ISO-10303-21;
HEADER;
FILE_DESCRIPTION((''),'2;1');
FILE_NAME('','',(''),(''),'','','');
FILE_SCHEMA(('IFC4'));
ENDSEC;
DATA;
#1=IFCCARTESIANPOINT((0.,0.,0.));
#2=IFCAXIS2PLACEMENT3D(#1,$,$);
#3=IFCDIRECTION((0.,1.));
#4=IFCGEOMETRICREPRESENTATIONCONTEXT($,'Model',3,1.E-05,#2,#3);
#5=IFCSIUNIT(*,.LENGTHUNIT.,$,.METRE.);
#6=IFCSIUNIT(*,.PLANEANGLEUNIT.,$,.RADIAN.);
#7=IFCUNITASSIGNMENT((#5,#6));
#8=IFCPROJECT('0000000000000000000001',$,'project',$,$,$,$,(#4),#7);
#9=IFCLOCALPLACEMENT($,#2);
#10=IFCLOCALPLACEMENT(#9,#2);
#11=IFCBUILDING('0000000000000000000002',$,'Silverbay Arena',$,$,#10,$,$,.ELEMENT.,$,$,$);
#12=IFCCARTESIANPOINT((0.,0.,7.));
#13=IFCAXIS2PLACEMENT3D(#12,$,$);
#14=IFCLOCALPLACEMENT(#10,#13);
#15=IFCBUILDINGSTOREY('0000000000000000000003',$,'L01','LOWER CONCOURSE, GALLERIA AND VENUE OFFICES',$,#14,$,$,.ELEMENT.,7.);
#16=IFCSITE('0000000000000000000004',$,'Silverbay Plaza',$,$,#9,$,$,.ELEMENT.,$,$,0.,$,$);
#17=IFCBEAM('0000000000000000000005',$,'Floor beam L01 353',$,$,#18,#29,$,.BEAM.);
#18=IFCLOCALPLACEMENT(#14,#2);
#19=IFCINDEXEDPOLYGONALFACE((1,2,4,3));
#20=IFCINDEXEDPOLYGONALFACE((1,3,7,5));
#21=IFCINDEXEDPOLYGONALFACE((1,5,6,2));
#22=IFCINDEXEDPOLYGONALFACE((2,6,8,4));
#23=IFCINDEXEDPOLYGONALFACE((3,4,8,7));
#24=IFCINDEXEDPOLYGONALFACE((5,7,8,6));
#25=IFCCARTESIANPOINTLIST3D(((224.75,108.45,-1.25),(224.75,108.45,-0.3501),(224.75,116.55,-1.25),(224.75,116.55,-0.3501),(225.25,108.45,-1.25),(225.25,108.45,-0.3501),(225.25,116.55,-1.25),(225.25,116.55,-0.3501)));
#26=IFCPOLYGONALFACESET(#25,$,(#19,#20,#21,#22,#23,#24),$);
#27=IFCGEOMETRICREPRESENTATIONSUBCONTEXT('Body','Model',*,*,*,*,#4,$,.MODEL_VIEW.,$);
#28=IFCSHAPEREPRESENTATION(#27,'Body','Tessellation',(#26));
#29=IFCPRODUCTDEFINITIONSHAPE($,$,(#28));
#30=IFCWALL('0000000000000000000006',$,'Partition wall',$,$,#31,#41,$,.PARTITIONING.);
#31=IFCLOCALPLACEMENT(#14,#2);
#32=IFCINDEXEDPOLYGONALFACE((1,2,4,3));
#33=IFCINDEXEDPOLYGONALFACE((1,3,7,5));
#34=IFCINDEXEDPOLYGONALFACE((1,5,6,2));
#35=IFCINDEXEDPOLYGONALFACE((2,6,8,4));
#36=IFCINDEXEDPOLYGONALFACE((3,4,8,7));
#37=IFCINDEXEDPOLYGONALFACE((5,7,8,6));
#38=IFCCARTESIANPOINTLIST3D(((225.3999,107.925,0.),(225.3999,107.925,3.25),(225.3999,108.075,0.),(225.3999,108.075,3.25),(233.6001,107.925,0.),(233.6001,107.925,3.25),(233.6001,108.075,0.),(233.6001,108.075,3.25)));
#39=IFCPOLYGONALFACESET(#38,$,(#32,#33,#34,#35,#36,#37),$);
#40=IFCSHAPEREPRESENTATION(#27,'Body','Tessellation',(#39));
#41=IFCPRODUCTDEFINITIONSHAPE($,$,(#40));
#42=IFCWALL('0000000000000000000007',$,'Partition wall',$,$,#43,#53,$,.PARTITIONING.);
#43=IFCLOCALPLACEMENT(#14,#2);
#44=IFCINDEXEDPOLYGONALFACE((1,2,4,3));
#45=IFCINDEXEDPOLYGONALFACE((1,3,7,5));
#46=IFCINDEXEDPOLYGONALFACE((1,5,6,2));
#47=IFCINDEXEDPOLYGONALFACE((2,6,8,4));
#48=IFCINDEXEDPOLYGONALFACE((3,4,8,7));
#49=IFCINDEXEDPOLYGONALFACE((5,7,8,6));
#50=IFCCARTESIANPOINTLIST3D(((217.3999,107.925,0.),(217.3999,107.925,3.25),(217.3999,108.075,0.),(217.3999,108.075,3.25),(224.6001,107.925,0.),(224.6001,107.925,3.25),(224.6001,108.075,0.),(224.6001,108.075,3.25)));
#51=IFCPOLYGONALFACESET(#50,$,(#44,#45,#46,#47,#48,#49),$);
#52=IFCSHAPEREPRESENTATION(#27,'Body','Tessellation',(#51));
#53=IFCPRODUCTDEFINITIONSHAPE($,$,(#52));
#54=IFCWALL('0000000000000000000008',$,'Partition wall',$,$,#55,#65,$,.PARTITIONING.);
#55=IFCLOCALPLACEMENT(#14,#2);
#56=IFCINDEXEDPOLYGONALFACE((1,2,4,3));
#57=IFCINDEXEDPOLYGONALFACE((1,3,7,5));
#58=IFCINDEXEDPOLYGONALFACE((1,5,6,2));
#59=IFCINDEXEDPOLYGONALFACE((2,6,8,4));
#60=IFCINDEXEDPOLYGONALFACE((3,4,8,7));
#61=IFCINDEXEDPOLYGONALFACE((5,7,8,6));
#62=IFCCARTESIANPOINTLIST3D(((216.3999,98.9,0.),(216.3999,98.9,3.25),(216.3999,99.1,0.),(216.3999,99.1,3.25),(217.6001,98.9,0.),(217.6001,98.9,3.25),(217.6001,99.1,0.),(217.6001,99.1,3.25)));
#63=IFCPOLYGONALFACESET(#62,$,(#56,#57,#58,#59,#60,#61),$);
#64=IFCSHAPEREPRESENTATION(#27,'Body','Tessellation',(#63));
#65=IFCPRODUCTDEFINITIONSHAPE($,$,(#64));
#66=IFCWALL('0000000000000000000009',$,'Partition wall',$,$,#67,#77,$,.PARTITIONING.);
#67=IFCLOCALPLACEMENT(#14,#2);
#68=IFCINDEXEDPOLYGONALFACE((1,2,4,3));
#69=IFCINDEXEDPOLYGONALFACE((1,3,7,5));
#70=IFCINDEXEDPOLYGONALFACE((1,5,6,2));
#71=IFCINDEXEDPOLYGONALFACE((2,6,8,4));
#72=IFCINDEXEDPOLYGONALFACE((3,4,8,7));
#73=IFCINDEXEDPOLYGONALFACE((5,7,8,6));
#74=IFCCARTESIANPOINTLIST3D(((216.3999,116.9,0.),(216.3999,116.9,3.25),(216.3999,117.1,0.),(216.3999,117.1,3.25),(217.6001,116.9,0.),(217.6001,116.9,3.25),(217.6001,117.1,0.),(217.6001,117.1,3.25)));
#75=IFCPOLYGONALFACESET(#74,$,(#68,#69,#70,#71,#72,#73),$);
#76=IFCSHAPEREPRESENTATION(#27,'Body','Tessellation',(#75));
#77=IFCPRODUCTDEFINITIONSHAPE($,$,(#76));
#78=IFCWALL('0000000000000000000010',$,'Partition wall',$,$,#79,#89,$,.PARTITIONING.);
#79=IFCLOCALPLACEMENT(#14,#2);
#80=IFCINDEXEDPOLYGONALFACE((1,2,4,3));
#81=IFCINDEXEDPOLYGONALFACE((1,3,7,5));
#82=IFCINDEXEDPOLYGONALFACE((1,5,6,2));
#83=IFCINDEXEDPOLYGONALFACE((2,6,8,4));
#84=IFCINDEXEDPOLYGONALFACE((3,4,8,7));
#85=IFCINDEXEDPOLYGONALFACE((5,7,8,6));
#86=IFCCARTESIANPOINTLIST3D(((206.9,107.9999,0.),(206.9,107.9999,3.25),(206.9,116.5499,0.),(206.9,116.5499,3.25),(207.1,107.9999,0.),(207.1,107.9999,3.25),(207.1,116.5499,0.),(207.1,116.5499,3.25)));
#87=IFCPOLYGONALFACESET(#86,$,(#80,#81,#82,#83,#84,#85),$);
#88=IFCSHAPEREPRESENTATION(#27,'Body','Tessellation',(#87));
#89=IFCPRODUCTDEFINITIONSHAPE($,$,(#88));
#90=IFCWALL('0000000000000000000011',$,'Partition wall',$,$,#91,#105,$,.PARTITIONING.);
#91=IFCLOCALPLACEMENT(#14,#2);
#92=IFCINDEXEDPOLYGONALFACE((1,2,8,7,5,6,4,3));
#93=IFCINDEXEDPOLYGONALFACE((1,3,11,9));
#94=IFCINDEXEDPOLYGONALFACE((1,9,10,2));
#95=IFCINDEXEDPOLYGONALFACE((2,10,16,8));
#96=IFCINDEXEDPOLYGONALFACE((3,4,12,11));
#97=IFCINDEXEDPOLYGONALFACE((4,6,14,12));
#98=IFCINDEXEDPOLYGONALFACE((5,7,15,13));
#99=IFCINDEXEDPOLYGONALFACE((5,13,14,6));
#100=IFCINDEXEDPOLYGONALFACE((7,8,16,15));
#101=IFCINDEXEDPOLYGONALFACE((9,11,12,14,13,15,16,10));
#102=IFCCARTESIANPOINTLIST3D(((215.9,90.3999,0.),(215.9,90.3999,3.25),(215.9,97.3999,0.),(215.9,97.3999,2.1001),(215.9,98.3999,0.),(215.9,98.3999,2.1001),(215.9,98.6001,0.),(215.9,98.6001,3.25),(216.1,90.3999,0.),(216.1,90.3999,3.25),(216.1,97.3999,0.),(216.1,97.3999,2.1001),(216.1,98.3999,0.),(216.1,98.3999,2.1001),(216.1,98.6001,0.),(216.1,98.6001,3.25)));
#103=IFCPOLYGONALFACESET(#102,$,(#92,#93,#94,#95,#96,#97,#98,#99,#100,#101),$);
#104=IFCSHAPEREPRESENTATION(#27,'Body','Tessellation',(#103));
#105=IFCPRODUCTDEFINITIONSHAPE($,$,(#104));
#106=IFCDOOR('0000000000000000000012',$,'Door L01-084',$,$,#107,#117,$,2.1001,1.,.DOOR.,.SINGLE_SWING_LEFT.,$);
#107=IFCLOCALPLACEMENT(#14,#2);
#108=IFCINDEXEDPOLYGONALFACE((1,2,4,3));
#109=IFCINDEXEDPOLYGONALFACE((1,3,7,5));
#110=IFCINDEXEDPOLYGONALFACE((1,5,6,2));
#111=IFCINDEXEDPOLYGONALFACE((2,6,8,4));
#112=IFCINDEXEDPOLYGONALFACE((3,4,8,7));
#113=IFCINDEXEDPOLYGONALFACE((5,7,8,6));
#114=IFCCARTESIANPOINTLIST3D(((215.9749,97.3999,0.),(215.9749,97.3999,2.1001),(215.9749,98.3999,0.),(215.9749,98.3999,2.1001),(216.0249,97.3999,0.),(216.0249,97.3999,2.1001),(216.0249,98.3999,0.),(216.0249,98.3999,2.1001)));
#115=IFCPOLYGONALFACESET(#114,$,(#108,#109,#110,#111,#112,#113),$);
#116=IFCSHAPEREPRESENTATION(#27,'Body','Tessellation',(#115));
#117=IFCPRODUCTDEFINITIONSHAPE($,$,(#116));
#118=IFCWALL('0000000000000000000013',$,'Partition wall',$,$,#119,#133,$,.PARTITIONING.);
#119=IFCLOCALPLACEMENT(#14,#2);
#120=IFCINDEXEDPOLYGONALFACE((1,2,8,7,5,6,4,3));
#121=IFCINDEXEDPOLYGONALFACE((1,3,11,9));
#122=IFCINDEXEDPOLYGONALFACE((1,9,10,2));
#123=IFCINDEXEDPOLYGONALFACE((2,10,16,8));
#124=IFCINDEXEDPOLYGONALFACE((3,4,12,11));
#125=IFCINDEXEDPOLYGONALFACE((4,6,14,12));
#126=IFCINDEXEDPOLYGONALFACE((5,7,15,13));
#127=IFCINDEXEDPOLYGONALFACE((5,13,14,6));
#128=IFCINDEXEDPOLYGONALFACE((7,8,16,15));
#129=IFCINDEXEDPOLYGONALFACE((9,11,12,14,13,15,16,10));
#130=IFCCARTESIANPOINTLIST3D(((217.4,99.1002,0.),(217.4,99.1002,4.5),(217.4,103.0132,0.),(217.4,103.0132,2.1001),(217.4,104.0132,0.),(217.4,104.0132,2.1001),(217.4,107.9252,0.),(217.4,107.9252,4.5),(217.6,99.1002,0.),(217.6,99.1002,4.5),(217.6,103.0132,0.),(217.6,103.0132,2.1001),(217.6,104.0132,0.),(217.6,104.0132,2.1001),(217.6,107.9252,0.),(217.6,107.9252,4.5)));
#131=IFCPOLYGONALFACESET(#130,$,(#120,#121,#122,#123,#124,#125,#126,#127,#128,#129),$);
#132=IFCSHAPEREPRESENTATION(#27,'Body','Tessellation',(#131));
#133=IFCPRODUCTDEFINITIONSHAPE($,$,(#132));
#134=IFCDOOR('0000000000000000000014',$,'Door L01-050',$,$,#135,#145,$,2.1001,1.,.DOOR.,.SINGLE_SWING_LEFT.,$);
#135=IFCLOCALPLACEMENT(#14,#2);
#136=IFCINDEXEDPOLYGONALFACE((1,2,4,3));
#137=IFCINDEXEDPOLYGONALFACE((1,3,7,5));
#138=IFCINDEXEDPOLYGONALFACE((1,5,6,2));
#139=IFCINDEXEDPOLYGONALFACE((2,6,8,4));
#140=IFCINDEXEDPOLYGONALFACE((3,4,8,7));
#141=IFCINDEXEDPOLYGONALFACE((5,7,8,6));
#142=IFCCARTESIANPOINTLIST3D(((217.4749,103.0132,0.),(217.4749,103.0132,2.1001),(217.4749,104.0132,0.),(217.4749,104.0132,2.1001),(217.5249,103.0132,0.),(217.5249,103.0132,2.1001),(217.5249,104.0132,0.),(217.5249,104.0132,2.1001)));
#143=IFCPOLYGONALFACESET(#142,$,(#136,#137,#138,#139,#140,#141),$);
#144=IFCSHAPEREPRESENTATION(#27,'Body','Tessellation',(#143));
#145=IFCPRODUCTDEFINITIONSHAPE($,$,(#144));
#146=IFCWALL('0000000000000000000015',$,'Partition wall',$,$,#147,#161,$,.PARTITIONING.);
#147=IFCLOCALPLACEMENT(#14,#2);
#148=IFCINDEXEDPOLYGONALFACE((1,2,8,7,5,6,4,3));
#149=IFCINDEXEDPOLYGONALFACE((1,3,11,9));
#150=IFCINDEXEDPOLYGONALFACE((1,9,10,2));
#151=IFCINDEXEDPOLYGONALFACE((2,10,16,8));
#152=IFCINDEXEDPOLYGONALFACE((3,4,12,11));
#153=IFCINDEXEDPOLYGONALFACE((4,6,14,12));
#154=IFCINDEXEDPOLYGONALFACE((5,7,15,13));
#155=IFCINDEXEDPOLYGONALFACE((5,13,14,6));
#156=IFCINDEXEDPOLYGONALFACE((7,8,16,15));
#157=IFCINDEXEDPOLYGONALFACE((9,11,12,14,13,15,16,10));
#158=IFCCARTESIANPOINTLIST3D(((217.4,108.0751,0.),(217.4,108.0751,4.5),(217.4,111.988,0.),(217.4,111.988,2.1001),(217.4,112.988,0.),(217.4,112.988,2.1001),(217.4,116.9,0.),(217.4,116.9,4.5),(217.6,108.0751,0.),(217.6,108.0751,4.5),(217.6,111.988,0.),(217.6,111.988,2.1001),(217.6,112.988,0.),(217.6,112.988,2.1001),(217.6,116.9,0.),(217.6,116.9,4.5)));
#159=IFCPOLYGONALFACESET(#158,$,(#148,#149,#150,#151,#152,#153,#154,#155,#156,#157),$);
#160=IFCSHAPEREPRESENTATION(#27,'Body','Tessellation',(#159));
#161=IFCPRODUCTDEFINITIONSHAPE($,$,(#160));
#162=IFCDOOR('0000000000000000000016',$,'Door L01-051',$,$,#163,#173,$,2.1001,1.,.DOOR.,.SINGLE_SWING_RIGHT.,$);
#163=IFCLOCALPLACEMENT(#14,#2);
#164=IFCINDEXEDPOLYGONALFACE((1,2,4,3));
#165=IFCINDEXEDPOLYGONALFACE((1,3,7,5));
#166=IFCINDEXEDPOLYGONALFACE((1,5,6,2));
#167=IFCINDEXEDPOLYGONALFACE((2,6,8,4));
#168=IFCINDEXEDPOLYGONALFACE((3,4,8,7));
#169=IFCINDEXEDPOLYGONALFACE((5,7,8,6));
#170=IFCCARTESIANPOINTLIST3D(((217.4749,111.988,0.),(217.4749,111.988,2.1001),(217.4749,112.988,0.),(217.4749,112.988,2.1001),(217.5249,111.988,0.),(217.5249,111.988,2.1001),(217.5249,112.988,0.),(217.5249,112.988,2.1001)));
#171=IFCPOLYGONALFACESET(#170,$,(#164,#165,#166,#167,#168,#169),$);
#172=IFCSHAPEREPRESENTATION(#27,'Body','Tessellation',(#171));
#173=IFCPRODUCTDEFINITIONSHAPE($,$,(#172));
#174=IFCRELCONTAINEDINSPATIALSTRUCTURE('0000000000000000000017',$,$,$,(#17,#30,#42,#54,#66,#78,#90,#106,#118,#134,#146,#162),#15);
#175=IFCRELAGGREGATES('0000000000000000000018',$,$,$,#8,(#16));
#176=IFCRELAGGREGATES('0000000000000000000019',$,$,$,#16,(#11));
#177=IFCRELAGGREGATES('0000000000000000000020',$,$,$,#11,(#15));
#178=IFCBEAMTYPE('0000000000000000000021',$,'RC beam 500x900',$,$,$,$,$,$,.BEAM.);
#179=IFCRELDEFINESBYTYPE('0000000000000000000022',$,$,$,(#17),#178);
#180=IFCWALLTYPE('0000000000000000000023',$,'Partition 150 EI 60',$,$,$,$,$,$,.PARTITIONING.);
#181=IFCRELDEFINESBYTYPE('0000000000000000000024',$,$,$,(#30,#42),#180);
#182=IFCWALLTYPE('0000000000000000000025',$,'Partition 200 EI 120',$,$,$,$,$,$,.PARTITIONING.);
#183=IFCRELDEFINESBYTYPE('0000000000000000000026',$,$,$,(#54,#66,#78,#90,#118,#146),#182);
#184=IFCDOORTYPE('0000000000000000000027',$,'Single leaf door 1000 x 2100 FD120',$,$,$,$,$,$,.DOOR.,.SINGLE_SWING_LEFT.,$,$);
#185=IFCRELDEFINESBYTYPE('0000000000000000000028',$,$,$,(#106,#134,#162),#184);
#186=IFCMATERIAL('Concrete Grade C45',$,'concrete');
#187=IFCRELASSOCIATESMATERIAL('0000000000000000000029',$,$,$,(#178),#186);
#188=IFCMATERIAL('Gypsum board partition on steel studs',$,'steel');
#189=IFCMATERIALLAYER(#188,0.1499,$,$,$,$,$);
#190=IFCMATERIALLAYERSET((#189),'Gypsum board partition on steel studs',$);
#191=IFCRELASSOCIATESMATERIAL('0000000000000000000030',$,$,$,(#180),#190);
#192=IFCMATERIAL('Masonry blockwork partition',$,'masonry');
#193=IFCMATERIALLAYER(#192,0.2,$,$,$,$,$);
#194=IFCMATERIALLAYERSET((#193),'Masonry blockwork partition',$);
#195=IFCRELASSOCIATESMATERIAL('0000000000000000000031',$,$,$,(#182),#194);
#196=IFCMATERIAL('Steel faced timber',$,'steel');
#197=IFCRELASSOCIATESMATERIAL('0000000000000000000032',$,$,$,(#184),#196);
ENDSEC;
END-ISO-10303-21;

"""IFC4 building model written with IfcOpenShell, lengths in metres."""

from ifc_helpers import new_model, si_unit, direction, frame, frame_2d, origin, origin_2d, place, context, subcontext, project, spatial, rectangle, extrude, material, layer, layer_set, material_profile, profile_set, type_object, element, fill, save


model = new_model("IFC4")

# Units and contexts
model_context = context("Model", 3, precision=1e-05, world=origin(), true_north=direction((0.0, 1.0)))
body_context = subcontext(model_context, "Body", "Model", "MODEL_VIEW")
ifc_project = project(units=[si_unit("LENGTHUNIT", "METRE"), si_unit("PLANEANGLEUNIT", "RADIAN")], contexts=[model_context])

# Site, building, storey
site_placement = place(None, origin())
site = spatial("IfcSite", under=ifc_project, at=site_placement, Name="Silverbay Plaza", CompositionType="ELEMENT", RefElevation=0.0)
building_placement = place(site_placement, origin())
building = spatial("IfcBuilding", under=site, at=building_placement, Name="Silverbay Arena", CompositionType="ELEMENT")
storey_placement = place(building_placement, frame((0.0, 0.0, 7.0)))
storey = spatial("IfcBuildingStorey", under=building, at=storey_placement, Name="L01", Description="LOWER CONCOURSE, GALLERIA AND VENUE OFFICES", CompositionType="ELEMENT", Elevation=7.0)

# Beam
ifc_material_1 = material(Name="Concrete Grade C45", Category="concrete")
ifc_material_profile_1 = material_profile(ifc_material_1, rectangle(XDim=0.5, YDim=0.8999, at=origin_2d()), Name="RC 500x900")
ifc_profile_set_1 = profile_set([ifc_material_profile_1], Name="Concrete Grade C45")
beam_type = type_object("IfcBeamType", Name="RC beam 500x900", PredefinedType="BEAM", material=ifc_profile_set_1)
for number, where, z_axis, x_axis, name in (
    (1, (225.0, 108.45, -0.8), (0.0, 1.0, 0.0), (-1.0, 0.0, 0.0), "Floor beam L01 353"),
):
    element("IfcBeam", number, at=place(storey_placement, frame(where, z_axis=z_axis, x_axis=x_axis)), inside=storey, type_object=beam_type, Name=name, PredefinedType="BEAM", context=body_context, shape_type="SweptSolid", body=[
        extrude(rectangle(XDim=0.5, YDim=0.8999, at=origin_2d()), origin(), (0.0, 0.0, 1.0), 8.1001),
    ])

# Walls
ifc_material_2 = material(Name="Gypsum board partition on steel studs", Category="steel")
ifc_layer_1 = layer(ifc_material_2, 0.1499)
ifc_layer_set_1 = layer_set([ifc_layer_1], Name="Gypsum board partition on steel studs")
wall_type_1 = type_object("IfcWallType", Name="Partition 150 EI 60", PredefinedType="PARTITIONING", material=ifc_layer_set_1)
wall_1_placement = place(storey_placement, frame((225.3999, 108.0, 0.0), z_axis=(0.0, 0.0, 1.0), x_axis=(1.0, 0.0, 0.0)))
element("IfcWall", 2, at=wall_1_placement, inside=storey, type_object=wall_type_1, Name="Partition wall", PredefinedType="PARTITIONING", context=body_context, shape_type="SweptSolid", body=[
    extrude(rectangle(XDim=8.2002, YDim=0.1499, at=frame_2d((4.1001, 0.0))), origin(), (0.0, 0.0, 1.0), 3.25),
])
wall_2_placement = place(storey_placement, frame((217.3999, 108.0, 0.0), z_axis=(0.0, 0.0, 1.0), x_axis=(1.0, 0.0, 0.0)))
element("IfcWall", 3, at=wall_2_placement, inside=storey, type_object=wall_type_1, Name="Partition wall", PredefinedType="PARTITIONING", context=body_context, shape_type="SweptSolid", body=[
    extrude(rectangle(XDim=7.2002, YDim=0.1499, at=frame_2d((3.6001, 0.0))), origin(), (0.0, 0.0, 1.0), 3.25),
])
ifc_material_3 = material(Name="Masonry blockwork partition", Category="masonry")
ifc_layer_2 = layer(ifc_material_3, 0.2)
ifc_layer_set_2 = layer_set([ifc_layer_2], Name="Masonry blockwork partition")
wall_type_2 = type_object("IfcWallType", Name="Partition 200 EI 120", PredefinedType="PARTITIONING", material=ifc_layer_set_2)
for number, where, z_axis, x_axis, name in (
    (4, (216.3999, 99.0, 0.0), (0.0, 0.0, 1.0), (1.0, 0.0, 0.0), "Partition wall"),
    (5, (216.3999, 117.0, 0.0), (0.0, 0.0, 1.0), (1.0, 0.0, 0.0), "Partition wall"),
):
    element("IfcWall", number, at=place(storey_placement, frame(where, z_axis=z_axis, x_axis=x_axis)), inside=storey, type_object=wall_type_2, Name=name, PredefinedType="PARTITIONING", context=body_context, shape_type="SweptSolid", body=[
        extrude(rectangle(XDim=1.2002, YDim=0.2, at=frame_2d((0.6001, 0.0))), origin(), (0.0, 0.0, 1.0), 3.25),
    ])
wall_3_placement = place(storey_placement, frame((207.0, 108.0, 0.0), z_axis=(0.0, 0.0, 1.0), x_axis=(0.0, 1.0, 0.0)))
element("IfcWall", 6, at=wall_3_placement, inside=storey, type_object=wall_type_2, Name="Partition wall", PredefinedType="PARTITIONING", context=body_context, shape_type="SweptSolid", body=[
    extrude(rectangle(XDim=8.55, YDim=0.2, at=frame_2d((4.2749, 0.0))), origin(), (0.0, 0.0, 1.0), 3.25),
])

# Walls, openings, doors
wall_4_placement = place(storey_placement, frame((216.0, 90.3999, 0.0), z_axis=(0.0, 0.0, 1.0), x_axis=(0.0, 1.0, 0.0)))
wall_4 = element("IfcWall", 7, at=wall_4_placement, inside=storey, type_object=wall_type_2, Name="Partition wall", PredefinedType="PARTITIONING", context=body_context, shape_type="SweptSolid", body=[
    extrude(rectangle(XDim=8.2002, YDim=0.2, at=frame_2d((4.1001, 0.0))), origin(), (0.0, 0.0, 1.0), 3.25),
])
opening_1_placement = place(wall_4_placement, frame((7.0, 0.0, 0.0)))
opening_1 = element("IfcOpeningElement", 8, at=opening_1_placement, cuts=wall_4, PredefinedType="OPENING", context=body_context, shape_type="SweptSolid", body=[
    extrude(rectangle(XDim=1.0, YDim=2.1001, at=frame_2d((0.5, 1.05))), frame((0.0, 0.1099, 0.0), z_axis=(0.0, -1.0, 0.0), x_axis=(1.0, 0.0, 0.0)), (0.0, 0.0, 1.0), 0.22),
])
ifc_material_4 = material(Name="Steel faced timber", Category="steel")
door_type = type_object("IfcDoorType", Name="Single leaf door 1000 x 2100 FD120", OperationType="SINGLE_SWING_LEFT", PredefinedType="DOOR", material=ifc_material_4)
door_1_placement = place(opening_1_placement, frame((1.0, 0.0, 0.0), z_axis=(0.0, 0.0, 1.0), x_axis=(-1.0, 0.0, 0.0)))
door_1 = element("IfcDoor", 9, at=door_1_placement, inside=storey, type_object=door_type, Name="Door L01-084", OperationType="SINGLE_SWING_LEFT", OverallHeight=2.1001, OverallWidth=1.0, PredefinedType="DOOR", context=body_context, shape_type="SweptSolid", body=[
    extrude(rectangle(XDim=1.0, YDim=2.1001, at=frame_2d((0.5, 1.05))), frame((0.0, 0.0249, 0.0), z_axis=(0.0, -1.0, 0.0), x_axis=(1.0, 0.0, 0.0)), (0.0, 0.0, 1.0), 0.05),
])
fill(opening_1, door_1)
wall_5_placement = place(storey_placement, frame((217.5, 99.1001, 0.0), z_axis=(0.0, 0.0, 1.0), x_axis=(0.0, 1.0, 0.0)))
wall_5 = element("IfcWall", 10, at=wall_5_placement, inside=storey, type_object=wall_type_2, Name="Partition wall", PredefinedType="PARTITIONING", context=body_context, shape_type="SweptSolid", body=[
    extrude(rectangle(XDim=8.825, YDim=0.2, at=frame_2d((4.4126, 0.0))), origin(), (0.0, 0.0, 1.0), 4.5),
])
opening_2_placement = place(wall_5_placement, frame((3.9131, 0.0, 0.0)))
opening_2 = element("IfcOpeningElement", 11, at=opening_2_placement, cuts=wall_5, PredefinedType="OPENING", context=body_context, shape_type="SweptSolid", body=[
    extrude(rectangle(XDim=1.0, YDim=2.1001, at=frame_2d((0.5, 1.05))), frame((0.0, 0.1099, 0.0), z_axis=(0.0, -1.0, 0.0), x_axis=(1.0, 0.0, 0.0)), (0.0, 0.0, 1.0), 0.22),
])
door_2_placement = place(opening_2_placement, frame((1.0, 0.0, 0.0), z_axis=(0.0, 0.0, 1.0), x_axis=(-1.0, 0.0, 0.0)))
door_2 = element("IfcDoor", 12, at=door_2_placement, inside=storey, type_object=door_type, Name="Door L01-050", OperationType="SINGLE_SWING_LEFT", OverallHeight=2.1001, OverallWidth=1.0, PredefinedType="DOOR", context=body_context, shape_type="SweptSolid", body=[
    extrude(rectangle(XDim=1.0, YDim=2.1001, at=frame_2d((0.5, 1.05))), frame((0.0, 0.0249, 0.0), z_axis=(0.0, -1.0, 0.0), x_axis=(1.0, 0.0, 0.0)), (0.0, 0.0, 1.0), 0.05),
])
fill(opening_2, door_2)
wall_6_placement = place(storey_placement, frame((217.5, 108.075, 0.0), z_axis=(0.0, 0.0, 1.0), x_axis=(0.0, 1.0, 0.0)))
wall_6 = element("IfcWall", 13, at=wall_6_placement, inside=storey, type_object=wall_type_2, Name="Partition wall", PredefinedType="PARTITIONING", context=body_context, shape_type="SweptSolid", body=[
    extrude(rectangle(XDim=8.825, YDim=0.2, at=frame_2d((4.4126, 0.0))), origin(), (0.0, 0.0, 1.0), 4.5),
])
opening_3_placement = place(wall_6_placement, frame((3.9131, 0.0, 0.0)))
opening_3 = element("IfcOpeningElement", 14, at=opening_3_placement, cuts=wall_6, PredefinedType="OPENING", context=body_context, shape_type="SweptSolid", body=[
    extrude(rectangle(XDim=1.0, YDim=2.1001, at=frame_2d((0.5, 1.05))), frame((0.0, 0.1099, 0.0), z_axis=(0.0, -1.0, 0.0), x_axis=(1.0, 0.0, 0.0)), (0.0, 0.0, 1.0), 0.22),
])
door_3_placement = place(opening_3_placement, frame((1.0, 0.0, 0.0), z_axis=(0.0, 0.0, 1.0), x_axis=(-1.0, 0.0, 0.0)))
door_3 = element("IfcDoor", 15, at=door_3_placement, inside=storey, type_object=door_type, Name="Door L01-051", OperationType="SINGLE_SWING_RIGHT", OverallHeight=2.1001, OverallWidth=1.0, PredefinedType="DOOR", context=body_context, shape_type="SweptSolid", body=[
    extrude(rectangle(XDim=1.0, YDim=2.1001, at=frame_2d((0.5, 1.05))), frame((0.0, 0.0249, 0.0), z_axis=(0.0, -1.0, 0.0), x_axis=(1.0, 0.0, 0.0)), (0.0, 0.0, 1.0), 0.05),
])
fill(opening_3, door_3)

save(model, "model.ifc")
